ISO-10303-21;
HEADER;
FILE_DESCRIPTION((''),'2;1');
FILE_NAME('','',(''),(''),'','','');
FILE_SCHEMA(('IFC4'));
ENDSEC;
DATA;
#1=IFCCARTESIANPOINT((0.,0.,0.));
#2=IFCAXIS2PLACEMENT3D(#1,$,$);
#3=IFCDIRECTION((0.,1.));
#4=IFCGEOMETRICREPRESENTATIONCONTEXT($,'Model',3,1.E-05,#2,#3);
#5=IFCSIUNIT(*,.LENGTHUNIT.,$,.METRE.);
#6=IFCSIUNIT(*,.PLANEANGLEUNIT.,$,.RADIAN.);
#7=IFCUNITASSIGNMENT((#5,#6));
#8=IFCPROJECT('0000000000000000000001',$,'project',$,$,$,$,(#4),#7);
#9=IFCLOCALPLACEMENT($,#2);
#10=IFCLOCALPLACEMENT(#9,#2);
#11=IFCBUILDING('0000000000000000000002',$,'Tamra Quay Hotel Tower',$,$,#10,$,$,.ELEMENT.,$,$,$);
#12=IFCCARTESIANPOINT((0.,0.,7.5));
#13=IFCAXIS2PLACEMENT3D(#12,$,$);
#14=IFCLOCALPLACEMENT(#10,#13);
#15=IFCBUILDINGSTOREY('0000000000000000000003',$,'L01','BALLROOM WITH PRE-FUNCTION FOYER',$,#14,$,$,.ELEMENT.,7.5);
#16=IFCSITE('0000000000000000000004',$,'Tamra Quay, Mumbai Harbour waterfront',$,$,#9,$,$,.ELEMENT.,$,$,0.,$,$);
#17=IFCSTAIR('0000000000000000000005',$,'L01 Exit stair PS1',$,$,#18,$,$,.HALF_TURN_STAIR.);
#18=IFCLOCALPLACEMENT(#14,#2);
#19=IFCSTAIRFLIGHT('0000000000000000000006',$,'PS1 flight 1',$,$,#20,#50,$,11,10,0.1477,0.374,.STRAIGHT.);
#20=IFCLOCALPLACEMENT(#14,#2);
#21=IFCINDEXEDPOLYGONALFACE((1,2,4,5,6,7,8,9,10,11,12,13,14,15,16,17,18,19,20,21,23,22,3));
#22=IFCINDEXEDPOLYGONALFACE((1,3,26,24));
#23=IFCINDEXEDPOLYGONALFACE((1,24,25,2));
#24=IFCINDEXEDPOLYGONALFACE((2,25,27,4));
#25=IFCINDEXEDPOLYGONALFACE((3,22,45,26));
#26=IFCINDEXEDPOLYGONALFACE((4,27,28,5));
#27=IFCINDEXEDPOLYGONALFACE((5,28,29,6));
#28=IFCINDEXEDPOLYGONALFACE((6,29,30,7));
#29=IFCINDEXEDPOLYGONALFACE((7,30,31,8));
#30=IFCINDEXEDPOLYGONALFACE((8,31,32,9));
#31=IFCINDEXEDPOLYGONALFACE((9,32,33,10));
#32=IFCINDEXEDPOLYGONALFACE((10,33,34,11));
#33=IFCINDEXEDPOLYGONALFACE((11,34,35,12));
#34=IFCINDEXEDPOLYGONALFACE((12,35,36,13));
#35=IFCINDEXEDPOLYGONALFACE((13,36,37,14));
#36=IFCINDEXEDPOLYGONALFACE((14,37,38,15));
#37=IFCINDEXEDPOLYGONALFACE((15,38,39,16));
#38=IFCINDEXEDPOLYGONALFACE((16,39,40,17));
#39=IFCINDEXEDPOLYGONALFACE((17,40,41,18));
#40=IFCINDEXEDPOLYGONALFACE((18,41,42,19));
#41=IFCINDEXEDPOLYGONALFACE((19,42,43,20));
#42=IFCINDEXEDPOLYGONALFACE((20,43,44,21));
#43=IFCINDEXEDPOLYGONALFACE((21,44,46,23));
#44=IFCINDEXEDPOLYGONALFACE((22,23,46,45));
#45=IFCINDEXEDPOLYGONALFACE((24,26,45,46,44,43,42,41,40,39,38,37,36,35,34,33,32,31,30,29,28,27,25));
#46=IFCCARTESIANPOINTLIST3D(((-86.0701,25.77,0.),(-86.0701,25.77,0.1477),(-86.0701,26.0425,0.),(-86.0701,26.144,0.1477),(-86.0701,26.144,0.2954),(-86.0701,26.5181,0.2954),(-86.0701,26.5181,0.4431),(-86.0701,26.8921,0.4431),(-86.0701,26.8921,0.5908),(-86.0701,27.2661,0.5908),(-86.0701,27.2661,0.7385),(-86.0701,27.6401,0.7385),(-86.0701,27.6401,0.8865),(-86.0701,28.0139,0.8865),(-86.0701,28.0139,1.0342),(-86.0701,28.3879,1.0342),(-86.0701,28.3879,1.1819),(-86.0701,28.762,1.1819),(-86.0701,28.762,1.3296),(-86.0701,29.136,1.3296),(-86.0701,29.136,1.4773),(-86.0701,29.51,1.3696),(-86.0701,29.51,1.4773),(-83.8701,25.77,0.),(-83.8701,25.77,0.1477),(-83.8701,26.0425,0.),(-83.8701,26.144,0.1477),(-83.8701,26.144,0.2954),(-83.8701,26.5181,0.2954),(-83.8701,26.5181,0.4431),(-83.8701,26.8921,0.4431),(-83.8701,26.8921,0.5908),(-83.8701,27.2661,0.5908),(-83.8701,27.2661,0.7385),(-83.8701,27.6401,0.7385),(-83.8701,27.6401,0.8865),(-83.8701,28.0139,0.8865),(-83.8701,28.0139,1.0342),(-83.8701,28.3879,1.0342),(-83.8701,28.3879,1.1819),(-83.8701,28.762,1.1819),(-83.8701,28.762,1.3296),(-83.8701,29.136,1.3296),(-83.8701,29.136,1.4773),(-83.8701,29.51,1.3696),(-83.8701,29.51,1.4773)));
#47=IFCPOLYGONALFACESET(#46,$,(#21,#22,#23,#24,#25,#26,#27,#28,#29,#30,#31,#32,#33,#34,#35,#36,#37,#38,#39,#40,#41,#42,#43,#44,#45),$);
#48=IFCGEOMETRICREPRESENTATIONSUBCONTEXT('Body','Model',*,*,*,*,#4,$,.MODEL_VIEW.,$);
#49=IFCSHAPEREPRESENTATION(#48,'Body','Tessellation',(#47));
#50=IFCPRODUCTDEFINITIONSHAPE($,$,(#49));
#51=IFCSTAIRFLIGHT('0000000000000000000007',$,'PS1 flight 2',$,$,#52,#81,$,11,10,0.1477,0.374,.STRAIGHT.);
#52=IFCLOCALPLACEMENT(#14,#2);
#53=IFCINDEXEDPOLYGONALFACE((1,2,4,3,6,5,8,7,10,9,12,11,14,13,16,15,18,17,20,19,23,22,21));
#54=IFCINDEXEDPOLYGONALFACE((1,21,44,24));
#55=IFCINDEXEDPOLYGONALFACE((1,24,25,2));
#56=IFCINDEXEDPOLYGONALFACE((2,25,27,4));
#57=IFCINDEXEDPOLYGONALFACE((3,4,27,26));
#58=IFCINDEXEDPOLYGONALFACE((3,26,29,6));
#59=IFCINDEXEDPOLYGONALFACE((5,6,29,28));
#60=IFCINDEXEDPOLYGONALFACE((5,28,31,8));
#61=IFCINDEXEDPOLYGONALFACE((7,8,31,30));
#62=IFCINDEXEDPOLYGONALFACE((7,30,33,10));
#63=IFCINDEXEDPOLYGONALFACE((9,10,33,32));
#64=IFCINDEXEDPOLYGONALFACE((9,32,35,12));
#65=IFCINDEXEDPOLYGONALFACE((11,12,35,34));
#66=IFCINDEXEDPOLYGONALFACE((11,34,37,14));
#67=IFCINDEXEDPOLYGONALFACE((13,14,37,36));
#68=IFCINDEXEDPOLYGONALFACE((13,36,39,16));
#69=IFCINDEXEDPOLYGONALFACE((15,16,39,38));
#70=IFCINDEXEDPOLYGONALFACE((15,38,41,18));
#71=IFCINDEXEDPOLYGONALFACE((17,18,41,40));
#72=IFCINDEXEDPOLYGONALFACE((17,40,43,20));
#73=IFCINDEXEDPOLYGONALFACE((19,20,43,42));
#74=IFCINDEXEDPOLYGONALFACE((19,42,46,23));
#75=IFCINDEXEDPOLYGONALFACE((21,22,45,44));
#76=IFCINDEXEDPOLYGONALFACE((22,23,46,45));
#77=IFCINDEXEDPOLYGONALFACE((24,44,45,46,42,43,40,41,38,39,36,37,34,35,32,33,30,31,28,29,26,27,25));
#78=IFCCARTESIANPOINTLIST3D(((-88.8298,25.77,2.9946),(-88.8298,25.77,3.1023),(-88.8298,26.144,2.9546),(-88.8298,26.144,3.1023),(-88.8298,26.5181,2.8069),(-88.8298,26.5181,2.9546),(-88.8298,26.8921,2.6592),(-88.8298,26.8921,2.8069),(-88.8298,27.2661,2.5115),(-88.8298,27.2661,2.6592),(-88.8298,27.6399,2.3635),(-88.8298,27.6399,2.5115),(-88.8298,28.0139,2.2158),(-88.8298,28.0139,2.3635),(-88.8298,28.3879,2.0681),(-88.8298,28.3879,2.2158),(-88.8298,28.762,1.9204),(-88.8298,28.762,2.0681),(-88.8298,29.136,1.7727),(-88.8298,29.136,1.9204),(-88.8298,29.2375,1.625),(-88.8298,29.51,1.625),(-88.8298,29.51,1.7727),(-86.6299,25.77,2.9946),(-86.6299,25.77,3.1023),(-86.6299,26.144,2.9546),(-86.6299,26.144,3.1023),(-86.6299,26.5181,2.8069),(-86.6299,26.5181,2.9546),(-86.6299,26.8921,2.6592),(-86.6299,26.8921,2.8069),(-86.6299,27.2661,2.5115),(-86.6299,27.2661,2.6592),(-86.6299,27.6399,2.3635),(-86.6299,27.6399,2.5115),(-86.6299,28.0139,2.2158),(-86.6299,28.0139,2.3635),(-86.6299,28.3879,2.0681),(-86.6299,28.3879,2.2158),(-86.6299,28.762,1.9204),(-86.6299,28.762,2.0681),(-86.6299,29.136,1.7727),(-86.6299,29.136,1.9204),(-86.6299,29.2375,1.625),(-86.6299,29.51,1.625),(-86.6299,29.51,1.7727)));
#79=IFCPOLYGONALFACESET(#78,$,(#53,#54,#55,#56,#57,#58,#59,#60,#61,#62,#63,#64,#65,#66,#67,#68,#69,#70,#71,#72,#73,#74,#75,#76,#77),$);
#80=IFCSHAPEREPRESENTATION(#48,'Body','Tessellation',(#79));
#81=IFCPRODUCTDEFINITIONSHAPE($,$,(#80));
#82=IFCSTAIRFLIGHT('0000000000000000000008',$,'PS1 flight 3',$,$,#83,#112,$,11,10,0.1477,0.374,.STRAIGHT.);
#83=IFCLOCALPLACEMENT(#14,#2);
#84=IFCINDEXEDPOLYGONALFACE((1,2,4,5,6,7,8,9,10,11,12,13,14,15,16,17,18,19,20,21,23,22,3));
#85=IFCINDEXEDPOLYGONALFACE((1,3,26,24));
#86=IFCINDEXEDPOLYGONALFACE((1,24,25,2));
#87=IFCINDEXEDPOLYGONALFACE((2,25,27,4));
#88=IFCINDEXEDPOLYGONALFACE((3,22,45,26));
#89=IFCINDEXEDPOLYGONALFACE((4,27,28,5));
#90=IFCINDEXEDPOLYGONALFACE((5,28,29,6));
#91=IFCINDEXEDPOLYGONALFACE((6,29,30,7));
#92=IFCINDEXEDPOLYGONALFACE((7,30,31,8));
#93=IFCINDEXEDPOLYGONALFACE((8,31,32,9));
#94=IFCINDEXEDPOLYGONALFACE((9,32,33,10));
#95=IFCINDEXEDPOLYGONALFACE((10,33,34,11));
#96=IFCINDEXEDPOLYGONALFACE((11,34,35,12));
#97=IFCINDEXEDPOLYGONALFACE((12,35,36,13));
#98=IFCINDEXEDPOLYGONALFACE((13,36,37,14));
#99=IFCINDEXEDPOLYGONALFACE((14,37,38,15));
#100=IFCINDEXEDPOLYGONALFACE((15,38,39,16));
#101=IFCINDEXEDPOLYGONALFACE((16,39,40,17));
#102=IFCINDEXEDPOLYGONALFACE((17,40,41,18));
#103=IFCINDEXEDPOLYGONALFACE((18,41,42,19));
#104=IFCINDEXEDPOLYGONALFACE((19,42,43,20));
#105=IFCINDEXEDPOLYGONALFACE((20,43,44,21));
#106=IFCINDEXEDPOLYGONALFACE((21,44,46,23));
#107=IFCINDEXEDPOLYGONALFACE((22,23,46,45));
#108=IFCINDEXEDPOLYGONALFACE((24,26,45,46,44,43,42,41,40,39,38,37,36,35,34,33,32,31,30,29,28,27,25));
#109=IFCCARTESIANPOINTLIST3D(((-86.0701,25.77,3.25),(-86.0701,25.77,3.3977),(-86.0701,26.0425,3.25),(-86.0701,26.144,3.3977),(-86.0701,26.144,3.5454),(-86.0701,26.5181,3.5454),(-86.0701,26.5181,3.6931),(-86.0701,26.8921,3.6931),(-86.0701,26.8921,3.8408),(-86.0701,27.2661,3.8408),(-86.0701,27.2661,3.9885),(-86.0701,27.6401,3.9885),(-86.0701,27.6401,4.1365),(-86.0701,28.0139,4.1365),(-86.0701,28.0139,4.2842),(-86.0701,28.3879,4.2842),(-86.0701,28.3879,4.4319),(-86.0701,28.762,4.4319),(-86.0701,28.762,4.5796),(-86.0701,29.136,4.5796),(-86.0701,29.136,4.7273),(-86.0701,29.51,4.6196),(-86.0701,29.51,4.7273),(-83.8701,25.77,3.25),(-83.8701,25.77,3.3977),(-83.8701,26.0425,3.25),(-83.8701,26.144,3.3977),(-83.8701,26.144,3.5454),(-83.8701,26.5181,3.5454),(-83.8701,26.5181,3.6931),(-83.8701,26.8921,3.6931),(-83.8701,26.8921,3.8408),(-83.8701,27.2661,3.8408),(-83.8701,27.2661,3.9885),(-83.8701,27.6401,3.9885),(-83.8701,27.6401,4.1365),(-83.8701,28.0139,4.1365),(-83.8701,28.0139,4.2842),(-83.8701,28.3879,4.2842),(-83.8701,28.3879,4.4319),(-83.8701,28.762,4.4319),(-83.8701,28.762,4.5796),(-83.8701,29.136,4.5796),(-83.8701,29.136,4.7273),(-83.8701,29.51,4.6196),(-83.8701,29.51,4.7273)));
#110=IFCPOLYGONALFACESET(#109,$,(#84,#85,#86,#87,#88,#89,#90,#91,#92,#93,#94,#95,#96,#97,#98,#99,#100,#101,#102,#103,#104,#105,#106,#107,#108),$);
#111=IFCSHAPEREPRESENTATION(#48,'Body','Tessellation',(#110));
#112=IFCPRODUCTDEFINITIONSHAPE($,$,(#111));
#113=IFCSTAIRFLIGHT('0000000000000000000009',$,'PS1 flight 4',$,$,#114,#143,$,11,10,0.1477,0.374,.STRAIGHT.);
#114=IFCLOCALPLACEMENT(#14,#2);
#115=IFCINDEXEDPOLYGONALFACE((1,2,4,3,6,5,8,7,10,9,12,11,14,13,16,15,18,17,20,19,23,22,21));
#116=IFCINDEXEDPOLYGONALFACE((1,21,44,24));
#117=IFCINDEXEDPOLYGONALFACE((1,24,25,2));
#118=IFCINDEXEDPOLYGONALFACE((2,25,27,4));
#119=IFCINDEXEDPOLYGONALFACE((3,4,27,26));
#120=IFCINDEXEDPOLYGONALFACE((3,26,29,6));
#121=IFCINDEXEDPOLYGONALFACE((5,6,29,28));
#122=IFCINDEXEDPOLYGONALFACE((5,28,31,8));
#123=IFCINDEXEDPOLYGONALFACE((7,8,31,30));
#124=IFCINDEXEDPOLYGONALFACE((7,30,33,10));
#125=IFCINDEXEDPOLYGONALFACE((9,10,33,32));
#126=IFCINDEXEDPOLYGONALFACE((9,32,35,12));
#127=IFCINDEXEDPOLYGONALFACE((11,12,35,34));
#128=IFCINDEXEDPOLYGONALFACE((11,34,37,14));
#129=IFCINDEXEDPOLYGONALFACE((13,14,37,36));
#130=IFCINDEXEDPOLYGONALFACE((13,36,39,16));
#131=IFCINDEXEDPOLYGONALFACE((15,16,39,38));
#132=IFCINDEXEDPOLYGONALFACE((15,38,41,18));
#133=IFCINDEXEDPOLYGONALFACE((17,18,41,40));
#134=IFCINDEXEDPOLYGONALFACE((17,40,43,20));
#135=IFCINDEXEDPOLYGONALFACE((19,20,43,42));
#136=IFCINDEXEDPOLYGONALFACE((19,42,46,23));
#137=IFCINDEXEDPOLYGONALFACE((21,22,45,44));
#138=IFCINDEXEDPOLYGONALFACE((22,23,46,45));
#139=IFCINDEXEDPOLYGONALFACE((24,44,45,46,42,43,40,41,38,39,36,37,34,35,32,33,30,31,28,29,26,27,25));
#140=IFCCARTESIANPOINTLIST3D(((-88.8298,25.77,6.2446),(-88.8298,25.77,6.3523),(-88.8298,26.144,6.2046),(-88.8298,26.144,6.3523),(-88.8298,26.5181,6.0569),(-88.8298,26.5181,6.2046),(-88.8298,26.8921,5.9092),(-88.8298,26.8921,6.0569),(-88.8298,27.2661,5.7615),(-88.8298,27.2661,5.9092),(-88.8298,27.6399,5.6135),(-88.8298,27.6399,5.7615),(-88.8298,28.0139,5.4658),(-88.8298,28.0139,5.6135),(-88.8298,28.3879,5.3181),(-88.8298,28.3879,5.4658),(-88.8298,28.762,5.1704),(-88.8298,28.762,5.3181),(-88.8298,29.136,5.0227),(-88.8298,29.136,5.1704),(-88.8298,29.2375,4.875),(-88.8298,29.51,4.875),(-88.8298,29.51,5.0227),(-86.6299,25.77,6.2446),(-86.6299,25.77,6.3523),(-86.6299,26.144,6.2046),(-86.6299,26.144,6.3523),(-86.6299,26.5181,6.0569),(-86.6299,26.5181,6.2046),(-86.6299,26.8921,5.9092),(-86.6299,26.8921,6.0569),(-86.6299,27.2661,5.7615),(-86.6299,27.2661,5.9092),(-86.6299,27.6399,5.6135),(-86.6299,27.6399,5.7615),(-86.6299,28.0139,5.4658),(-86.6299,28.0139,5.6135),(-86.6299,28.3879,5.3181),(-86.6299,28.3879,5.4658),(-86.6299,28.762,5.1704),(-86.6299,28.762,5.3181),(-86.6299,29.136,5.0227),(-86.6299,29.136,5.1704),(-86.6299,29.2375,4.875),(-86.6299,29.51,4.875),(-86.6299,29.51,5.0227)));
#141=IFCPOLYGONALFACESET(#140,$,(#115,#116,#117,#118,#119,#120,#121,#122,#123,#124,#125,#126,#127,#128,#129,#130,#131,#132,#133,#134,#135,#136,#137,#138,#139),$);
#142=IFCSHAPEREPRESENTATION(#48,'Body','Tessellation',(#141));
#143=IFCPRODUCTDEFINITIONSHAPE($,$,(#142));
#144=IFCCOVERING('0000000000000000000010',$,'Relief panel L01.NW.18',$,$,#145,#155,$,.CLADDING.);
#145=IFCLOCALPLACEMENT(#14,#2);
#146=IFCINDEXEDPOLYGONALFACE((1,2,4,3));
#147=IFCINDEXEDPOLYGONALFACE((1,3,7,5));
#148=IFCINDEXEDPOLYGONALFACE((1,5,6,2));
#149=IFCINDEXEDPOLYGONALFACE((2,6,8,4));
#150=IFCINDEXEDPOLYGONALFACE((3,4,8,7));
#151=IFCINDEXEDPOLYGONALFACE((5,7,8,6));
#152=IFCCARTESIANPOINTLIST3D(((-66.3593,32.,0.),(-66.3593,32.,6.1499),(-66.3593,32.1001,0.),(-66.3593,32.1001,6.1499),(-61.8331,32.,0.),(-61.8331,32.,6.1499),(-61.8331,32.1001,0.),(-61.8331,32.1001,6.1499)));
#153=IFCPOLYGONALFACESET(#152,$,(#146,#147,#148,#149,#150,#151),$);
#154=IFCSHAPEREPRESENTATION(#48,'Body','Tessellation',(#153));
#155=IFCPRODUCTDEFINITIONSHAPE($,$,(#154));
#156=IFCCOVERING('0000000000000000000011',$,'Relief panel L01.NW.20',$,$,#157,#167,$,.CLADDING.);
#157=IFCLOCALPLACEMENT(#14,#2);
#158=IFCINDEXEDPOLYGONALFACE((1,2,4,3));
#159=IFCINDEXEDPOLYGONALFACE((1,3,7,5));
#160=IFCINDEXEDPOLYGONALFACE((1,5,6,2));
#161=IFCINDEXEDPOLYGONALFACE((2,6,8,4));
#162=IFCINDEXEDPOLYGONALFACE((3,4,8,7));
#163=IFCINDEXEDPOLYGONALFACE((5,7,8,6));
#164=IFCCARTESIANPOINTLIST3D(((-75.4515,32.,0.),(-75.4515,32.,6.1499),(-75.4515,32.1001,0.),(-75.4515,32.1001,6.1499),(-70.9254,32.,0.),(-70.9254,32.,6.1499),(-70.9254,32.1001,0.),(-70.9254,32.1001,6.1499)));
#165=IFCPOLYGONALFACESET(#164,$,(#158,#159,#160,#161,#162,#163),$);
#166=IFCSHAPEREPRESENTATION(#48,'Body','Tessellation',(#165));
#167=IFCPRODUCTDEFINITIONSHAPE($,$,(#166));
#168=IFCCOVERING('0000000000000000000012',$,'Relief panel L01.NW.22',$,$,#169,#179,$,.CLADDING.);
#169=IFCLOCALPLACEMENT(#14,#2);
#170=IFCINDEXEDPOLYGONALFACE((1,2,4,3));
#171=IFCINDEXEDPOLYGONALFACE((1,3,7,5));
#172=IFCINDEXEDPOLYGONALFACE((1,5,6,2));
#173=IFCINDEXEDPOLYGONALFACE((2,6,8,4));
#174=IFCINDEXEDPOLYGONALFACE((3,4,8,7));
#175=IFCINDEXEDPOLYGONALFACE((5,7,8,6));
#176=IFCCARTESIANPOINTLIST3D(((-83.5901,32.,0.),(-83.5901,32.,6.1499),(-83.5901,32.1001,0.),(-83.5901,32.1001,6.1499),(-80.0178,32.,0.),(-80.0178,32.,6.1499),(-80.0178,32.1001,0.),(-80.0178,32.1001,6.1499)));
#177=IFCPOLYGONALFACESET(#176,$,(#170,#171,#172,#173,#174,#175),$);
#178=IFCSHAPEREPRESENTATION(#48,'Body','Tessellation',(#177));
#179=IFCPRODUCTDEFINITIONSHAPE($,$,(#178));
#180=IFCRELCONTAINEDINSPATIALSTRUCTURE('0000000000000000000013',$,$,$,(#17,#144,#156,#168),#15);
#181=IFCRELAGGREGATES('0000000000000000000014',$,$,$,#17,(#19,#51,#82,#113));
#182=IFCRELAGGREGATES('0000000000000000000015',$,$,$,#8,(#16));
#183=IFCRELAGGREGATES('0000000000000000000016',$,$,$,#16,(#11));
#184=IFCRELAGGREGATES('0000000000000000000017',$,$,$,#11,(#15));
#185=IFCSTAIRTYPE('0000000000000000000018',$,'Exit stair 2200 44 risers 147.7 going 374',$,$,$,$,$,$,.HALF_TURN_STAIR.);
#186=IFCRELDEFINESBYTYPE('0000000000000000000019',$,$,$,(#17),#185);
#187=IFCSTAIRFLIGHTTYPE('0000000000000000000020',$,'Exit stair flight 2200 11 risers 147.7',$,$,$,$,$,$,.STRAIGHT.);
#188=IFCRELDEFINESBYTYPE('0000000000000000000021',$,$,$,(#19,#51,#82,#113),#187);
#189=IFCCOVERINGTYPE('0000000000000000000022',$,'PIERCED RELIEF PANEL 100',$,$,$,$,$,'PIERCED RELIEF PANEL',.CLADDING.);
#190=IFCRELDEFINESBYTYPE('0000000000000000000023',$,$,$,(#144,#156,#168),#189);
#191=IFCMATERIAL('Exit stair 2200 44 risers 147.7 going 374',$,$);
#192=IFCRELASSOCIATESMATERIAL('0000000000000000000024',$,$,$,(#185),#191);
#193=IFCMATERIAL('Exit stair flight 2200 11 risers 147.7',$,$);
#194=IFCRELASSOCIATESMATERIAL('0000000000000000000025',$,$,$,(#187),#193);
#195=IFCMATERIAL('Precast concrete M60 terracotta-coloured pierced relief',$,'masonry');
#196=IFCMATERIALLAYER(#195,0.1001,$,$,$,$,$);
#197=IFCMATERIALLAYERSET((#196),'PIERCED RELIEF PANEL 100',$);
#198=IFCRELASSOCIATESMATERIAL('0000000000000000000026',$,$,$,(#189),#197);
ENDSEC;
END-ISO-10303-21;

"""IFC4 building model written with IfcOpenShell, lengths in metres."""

from ifc_helpers import new_model, si_unit, direction, frame, origin, origin_2d, place, context, subcontext, project, spatial, polyline, rectangle, outline, extrude, material, layer, layer_set, type_object, element, aggregate, save


model = new_model("IFC4")

# Units and contexts
model_context = context("Model", 3, precision=1e-05, world=origin(), true_north=direction((0.0, 1.0)))
body_context = subcontext(model_context, "Body", "Model", "MODEL_VIEW")
ifc_project = project(units=[si_unit("LENGTHUNIT", "METRE"), si_unit("PLANEANGLEUNIT", "RADIAN")], contexts=[model_context])

# Site, building, storey
site_placement = place(None, origin())
site = spatial("IfcSite", under=ifc_project, at=site_placement, Name="Tamra Quay, Mumbai Harbour waterfront", CompositionType="ELEMENT", RefElevation=0.0)
building_placement = place(site_placement, origin())
building = spatial("IfcBuilding", under=site, at=building_placement, Name="Tamra Quay Hotel Tower", CompositionType="ELEMENT")
storey_placement = place(building_placement, frame((0.0, 0.0, 7.5)))
storey = spatial("IfcBuildingStorey", under=building, at=storey_placement, Name="L01", Description="BALLROOM WITH PRE-FUNCTION FOYER", CompositionType="ELEMENT", Elevation=7.5)

# Stair, stair flights
ifc_material_1 = material(Name="Exit stair 2200 44 risers 147.7 going 374")
stair_type = type_object("IfcStairType", Name="Exit stair 2200 44 risers 147.7 going 374", PredefinedType="HALF_TURN_STAIR", material=ifc_material_1)
stair_placement = place(storey_placement, origin())
stair = element("IfcStair", 1, at=stair_placement, inside=storey, type_object=stair_type, Name="L01 Exit stair PS1", PredefinedType="HALF_TURN_STAIR")
ifc_material_2 = material(Name="Exit stair flight 2200 11 risers 147.7")
stair_flight_type = type_object("IfcStairFlightType", Name="Exit stair flight 2200 11 risers 147.7", PredefinedType="STRAIGHT", material=ifc_material_2)
stair_flight_1_placement = place(storey_placement, frame((-84.97, 25.77, 0.0), z_axis=(0.0, 0.0, 1.0), x_axis=(0.0, 1.0, 0.0)))
stair_flight_1 = element("IfcStairFlight", 2, at=stair_flight_1_placement, type_object=stair_flight_type, Name="PS1 flight 1", NumberOfRisers=11, NumberOfTreads=10, PredefinedType="STRAIGHT", RiserHeight=0.1477, TreadLength=0.374, context=body_context, shape_type="SweptSolid", body=[
    extrude(outline(polyline([(0.0, 0.0), (0.0, 0.1477), (0.374, 0.1477), (0.374, 0.2954), (0.748, 0.2954), (0.748, 0.4431), (1.1221, 0.4431), (1.1221, 0.5908), (1.4961, 0.5908), (1.4961, 0.7385), (1.8701, 0.7385), (1.8701, 0.8865), (2.2439, 0.8865), (2.2439, 1.0342), (2.6179, 1.0342), (2.6179, 1.1819), (2.9919, 1.1819), (2.9919, 1.3296), (3.366, 1.3296), (3.366, 1.4773), (3.74, 1.4773), (3.74, 1.625), (3.74, 1.3696), (0.2725, 0.0), (0.0, 0.0)])), frame((0.0, 1.1001, 0.0), z_axis=(0.0, -1.0, 0.0), x_axis=(1.0, 0.0, 0.0)), (0.0, 0.0, 1.0), 2.2),
])
stair_flight_2_placement = place(storey_placement, frame((-87.73, 29.51, 1.625), z_axis=(0.0, 0.0, 1.0), x_axis=(0.0, -1.0, 0.0)))
stair_flight_2 = element("IfcStairFlight", 3, at=stair_flight_2_placement, type_object=stair_flight_type, Name="PS1 flight 2", NumberOfRisers=11, NumberOfTreads=10, PredefinedType="STRAIGHT", RiserHeight=0.1477, TreadLength=0.374, context=body_context, shape_type="SweptSolid", body=[
    extrude(outline(polyline([(0.0, 0.0), (0.0, 0.1477), (0.374, 0.1477), (0.374, 0.2954), (0.748, 0.2954), (0.748, 0.4431), (1.1221, 0.4431), (1.1221, 0.5908), (1.4961, 0.5908), (1.4961, 0.7385), (1.8701, 0.7385), (1.8701, 0.8865), (2.2439, 0.8865), (2.2439, 1.0342), (2.6179, 1.0342), (2.6179, 1.1819), (2.9919, 1.1819), (2.9919, 1.3296), (3.366, 1.3296), (3.366, 1.4773), (3.74, 1.4773), (3.74, 1.625), (3.74, 1.3696), (0.2725, 0.0), (0.0, 0.0)])), frame((0.0, 1.1001, 0.0), z_axis=(0.0, -1.0, 0.0), x_axis=(1.0, 0.0, 0.0)), (0.0, 0.0, 1.0), 2.2),
])
stair_flight_3_placement = place(storey_placement, frame((-84.97, 25.77, 3.25), z_axis=(0.0, 0.0, 1.0), x_axis=(0.0, 1.0, 0.0)))
stair_flight_3 = element("IfcStairFlight", 4, at=stair_flight_3_placement, type_object=stair_flight_type, Name="PS1 flight 3", NumberOfRisers=11, NumberOfTreads=10, PredefinedType="STRAIGHT", RiserHeight=0.1477, TreadLength=0.374, context=body_context, shape_type="SweptSolid", body=[
    extrude(outline(polyline([(0.0, 0.0), (0.0, 0.1477), (0.374, 0.1477), (0.374, 0.2954), (0.748, 0.2954), (0.748, 0.4431), (1.1221, 0.4431), (1.1221, 0.5908), (1.4961, 0.5908), (1.4961, 0.7385), (1.8701, 0.7385), (1.8701, 0.8865), (2.2439, 0.8865), (2.2439, 1.0342), (2.6179, 1.0342), (2.6179, 1.1819), (2.9919, 1.1819), (2.9919, 1.3296), (3.366, 1.3296), (3.366, 1.4773), (3.74, 1.4773), (3.74, 1.625), (3.74, 1.3696), (0.2725, 0.0), (0.0, 0.0)])), frame((0.0, 1.1001, 0.0), z_axis=(0.0, -1.0, 0.0), x_axis=(1.0, 0.0, 0.0)), (0.0, 0.0, 1.0), 2.2),
])
stair_flight_4_placement = place(storey_placement, frame((-87.73, 29.51, 4.875), z_axis=(0.0, 0.0, 1.0), x_axis=(0.0, -1.0, 0.0)))
stair_flight_4 = element("IfcStairFlight", 5, at=stair_flight_4_placement, type_object=stair_flight_type, Name="PS1 flight 4", NumberOfRisers=11, NumberOfTreads=10, PredefinedType="STRAIGHT", RiserHeight=0.1477, TreadLength=0.374, context=body_context, shape_type="SweptSolid", body=[
    extrude(outline(polyline([(0.0, 0.0), (0.0, 0.1477), (0.374, 0.1477), (0.374, 0.2954), (0.748, 0.2954), (0.748, 0.4431), (1.1221, 0.4431), (1.1221, 0.5908), (1.4961, 0.5908), (1.4961, 0.7385), (1.8701, 0.7385), (1.8701, 0.8865), (2.2439, 0.8865), (2.2439, 1.0342), (2.6179, 1.0342), (2.6179, 1.1819), (2.9919, 1.1819), (2.9919, 1.3296), (3.366, 1.3296), (3.366, 1.4773), (3.74, 1.4773), (3.74, 1.625), (3.74, 1.3696), (0.2725, 0.0), (0.0, 0.0)])), frame((0.0, 1.1001, 0.0), z_axis=(0.0, -1.0, 0.0), x_axis=(1.0, 0.0, 0.0)), (0.0, 0.0, 1.0), 2.2),
])
aggregate(stair, [stair_flight_1, stair_flight_2, stair_flight_3, stair_flight_4])

# Coverings
ifc_material_3 = material(Name="Precast concrete M60 terracotta-coloured pierced relief", Category="masonry")
ifc_layer_1 = layer(ifc_material_3, 0.1001)
ifc_layer_set_1 = layer_set([ifc_layer_1], Name="PIERCED RELIEF PANEL 100")
covering_type_1 = type_object("IfcCoveringType", Name="PIERCED RELIEF PANEL 100", ElementType="PIERCED RELIEF PANEL", PredefinedType="CLADDING", material=ifc_layer_set_1)
for number, where, z_axis, x_axis, name in (
    (6, (-64.0962, 32.05, 0.0), (0.0, 0.0, 1.0), (-1.0, 0.0, 0.0), "Relief panel L01.NW.18"),
    (7, (-73.1885, 32.05, 0.0), (0.0, 0.0, 1.0), (-1.0, 0.0, 0.0), "Relief panel L01.NW.20"),
):
    element("IfcCovering", number, at=place(storey_placement, frame(where, z_axis=z_axis, x_axis=x_axis)), inside=storey, type_object=covering_type_1, Name=name, PredefinedType="CLADDING", context=body_context, shape_type="SweptSolid", body=[
        extrude(rectangle(XDim=4.5261, YDim=0.1001, at=origin_2d()), origin(), (0.0, 0.0, 1.0), 6.1499),
    ])
covering_1_placement = place(storey_placement, frame((-81.804, 32.05, 0.0), z_axis=(0.0, 0.0, 1.0), x_axis=(-1.0, 0.0, 0.0)))
element("IfcCovering", 8, at=covering_1_placement, inside=storey, type_object=covering_type_1, Name="Relief panel L01.NW.22", PredefinedType="CLADDING", context=body_context, shape_type="SweptSolid", body=[
    extrude(rectangle(XDim=3.5723, YDim=0.1001, at=origin_2d()), origin(), (0.0, 0.0, 1.0), 6.1499),
])

save(model, "model.ifc")
